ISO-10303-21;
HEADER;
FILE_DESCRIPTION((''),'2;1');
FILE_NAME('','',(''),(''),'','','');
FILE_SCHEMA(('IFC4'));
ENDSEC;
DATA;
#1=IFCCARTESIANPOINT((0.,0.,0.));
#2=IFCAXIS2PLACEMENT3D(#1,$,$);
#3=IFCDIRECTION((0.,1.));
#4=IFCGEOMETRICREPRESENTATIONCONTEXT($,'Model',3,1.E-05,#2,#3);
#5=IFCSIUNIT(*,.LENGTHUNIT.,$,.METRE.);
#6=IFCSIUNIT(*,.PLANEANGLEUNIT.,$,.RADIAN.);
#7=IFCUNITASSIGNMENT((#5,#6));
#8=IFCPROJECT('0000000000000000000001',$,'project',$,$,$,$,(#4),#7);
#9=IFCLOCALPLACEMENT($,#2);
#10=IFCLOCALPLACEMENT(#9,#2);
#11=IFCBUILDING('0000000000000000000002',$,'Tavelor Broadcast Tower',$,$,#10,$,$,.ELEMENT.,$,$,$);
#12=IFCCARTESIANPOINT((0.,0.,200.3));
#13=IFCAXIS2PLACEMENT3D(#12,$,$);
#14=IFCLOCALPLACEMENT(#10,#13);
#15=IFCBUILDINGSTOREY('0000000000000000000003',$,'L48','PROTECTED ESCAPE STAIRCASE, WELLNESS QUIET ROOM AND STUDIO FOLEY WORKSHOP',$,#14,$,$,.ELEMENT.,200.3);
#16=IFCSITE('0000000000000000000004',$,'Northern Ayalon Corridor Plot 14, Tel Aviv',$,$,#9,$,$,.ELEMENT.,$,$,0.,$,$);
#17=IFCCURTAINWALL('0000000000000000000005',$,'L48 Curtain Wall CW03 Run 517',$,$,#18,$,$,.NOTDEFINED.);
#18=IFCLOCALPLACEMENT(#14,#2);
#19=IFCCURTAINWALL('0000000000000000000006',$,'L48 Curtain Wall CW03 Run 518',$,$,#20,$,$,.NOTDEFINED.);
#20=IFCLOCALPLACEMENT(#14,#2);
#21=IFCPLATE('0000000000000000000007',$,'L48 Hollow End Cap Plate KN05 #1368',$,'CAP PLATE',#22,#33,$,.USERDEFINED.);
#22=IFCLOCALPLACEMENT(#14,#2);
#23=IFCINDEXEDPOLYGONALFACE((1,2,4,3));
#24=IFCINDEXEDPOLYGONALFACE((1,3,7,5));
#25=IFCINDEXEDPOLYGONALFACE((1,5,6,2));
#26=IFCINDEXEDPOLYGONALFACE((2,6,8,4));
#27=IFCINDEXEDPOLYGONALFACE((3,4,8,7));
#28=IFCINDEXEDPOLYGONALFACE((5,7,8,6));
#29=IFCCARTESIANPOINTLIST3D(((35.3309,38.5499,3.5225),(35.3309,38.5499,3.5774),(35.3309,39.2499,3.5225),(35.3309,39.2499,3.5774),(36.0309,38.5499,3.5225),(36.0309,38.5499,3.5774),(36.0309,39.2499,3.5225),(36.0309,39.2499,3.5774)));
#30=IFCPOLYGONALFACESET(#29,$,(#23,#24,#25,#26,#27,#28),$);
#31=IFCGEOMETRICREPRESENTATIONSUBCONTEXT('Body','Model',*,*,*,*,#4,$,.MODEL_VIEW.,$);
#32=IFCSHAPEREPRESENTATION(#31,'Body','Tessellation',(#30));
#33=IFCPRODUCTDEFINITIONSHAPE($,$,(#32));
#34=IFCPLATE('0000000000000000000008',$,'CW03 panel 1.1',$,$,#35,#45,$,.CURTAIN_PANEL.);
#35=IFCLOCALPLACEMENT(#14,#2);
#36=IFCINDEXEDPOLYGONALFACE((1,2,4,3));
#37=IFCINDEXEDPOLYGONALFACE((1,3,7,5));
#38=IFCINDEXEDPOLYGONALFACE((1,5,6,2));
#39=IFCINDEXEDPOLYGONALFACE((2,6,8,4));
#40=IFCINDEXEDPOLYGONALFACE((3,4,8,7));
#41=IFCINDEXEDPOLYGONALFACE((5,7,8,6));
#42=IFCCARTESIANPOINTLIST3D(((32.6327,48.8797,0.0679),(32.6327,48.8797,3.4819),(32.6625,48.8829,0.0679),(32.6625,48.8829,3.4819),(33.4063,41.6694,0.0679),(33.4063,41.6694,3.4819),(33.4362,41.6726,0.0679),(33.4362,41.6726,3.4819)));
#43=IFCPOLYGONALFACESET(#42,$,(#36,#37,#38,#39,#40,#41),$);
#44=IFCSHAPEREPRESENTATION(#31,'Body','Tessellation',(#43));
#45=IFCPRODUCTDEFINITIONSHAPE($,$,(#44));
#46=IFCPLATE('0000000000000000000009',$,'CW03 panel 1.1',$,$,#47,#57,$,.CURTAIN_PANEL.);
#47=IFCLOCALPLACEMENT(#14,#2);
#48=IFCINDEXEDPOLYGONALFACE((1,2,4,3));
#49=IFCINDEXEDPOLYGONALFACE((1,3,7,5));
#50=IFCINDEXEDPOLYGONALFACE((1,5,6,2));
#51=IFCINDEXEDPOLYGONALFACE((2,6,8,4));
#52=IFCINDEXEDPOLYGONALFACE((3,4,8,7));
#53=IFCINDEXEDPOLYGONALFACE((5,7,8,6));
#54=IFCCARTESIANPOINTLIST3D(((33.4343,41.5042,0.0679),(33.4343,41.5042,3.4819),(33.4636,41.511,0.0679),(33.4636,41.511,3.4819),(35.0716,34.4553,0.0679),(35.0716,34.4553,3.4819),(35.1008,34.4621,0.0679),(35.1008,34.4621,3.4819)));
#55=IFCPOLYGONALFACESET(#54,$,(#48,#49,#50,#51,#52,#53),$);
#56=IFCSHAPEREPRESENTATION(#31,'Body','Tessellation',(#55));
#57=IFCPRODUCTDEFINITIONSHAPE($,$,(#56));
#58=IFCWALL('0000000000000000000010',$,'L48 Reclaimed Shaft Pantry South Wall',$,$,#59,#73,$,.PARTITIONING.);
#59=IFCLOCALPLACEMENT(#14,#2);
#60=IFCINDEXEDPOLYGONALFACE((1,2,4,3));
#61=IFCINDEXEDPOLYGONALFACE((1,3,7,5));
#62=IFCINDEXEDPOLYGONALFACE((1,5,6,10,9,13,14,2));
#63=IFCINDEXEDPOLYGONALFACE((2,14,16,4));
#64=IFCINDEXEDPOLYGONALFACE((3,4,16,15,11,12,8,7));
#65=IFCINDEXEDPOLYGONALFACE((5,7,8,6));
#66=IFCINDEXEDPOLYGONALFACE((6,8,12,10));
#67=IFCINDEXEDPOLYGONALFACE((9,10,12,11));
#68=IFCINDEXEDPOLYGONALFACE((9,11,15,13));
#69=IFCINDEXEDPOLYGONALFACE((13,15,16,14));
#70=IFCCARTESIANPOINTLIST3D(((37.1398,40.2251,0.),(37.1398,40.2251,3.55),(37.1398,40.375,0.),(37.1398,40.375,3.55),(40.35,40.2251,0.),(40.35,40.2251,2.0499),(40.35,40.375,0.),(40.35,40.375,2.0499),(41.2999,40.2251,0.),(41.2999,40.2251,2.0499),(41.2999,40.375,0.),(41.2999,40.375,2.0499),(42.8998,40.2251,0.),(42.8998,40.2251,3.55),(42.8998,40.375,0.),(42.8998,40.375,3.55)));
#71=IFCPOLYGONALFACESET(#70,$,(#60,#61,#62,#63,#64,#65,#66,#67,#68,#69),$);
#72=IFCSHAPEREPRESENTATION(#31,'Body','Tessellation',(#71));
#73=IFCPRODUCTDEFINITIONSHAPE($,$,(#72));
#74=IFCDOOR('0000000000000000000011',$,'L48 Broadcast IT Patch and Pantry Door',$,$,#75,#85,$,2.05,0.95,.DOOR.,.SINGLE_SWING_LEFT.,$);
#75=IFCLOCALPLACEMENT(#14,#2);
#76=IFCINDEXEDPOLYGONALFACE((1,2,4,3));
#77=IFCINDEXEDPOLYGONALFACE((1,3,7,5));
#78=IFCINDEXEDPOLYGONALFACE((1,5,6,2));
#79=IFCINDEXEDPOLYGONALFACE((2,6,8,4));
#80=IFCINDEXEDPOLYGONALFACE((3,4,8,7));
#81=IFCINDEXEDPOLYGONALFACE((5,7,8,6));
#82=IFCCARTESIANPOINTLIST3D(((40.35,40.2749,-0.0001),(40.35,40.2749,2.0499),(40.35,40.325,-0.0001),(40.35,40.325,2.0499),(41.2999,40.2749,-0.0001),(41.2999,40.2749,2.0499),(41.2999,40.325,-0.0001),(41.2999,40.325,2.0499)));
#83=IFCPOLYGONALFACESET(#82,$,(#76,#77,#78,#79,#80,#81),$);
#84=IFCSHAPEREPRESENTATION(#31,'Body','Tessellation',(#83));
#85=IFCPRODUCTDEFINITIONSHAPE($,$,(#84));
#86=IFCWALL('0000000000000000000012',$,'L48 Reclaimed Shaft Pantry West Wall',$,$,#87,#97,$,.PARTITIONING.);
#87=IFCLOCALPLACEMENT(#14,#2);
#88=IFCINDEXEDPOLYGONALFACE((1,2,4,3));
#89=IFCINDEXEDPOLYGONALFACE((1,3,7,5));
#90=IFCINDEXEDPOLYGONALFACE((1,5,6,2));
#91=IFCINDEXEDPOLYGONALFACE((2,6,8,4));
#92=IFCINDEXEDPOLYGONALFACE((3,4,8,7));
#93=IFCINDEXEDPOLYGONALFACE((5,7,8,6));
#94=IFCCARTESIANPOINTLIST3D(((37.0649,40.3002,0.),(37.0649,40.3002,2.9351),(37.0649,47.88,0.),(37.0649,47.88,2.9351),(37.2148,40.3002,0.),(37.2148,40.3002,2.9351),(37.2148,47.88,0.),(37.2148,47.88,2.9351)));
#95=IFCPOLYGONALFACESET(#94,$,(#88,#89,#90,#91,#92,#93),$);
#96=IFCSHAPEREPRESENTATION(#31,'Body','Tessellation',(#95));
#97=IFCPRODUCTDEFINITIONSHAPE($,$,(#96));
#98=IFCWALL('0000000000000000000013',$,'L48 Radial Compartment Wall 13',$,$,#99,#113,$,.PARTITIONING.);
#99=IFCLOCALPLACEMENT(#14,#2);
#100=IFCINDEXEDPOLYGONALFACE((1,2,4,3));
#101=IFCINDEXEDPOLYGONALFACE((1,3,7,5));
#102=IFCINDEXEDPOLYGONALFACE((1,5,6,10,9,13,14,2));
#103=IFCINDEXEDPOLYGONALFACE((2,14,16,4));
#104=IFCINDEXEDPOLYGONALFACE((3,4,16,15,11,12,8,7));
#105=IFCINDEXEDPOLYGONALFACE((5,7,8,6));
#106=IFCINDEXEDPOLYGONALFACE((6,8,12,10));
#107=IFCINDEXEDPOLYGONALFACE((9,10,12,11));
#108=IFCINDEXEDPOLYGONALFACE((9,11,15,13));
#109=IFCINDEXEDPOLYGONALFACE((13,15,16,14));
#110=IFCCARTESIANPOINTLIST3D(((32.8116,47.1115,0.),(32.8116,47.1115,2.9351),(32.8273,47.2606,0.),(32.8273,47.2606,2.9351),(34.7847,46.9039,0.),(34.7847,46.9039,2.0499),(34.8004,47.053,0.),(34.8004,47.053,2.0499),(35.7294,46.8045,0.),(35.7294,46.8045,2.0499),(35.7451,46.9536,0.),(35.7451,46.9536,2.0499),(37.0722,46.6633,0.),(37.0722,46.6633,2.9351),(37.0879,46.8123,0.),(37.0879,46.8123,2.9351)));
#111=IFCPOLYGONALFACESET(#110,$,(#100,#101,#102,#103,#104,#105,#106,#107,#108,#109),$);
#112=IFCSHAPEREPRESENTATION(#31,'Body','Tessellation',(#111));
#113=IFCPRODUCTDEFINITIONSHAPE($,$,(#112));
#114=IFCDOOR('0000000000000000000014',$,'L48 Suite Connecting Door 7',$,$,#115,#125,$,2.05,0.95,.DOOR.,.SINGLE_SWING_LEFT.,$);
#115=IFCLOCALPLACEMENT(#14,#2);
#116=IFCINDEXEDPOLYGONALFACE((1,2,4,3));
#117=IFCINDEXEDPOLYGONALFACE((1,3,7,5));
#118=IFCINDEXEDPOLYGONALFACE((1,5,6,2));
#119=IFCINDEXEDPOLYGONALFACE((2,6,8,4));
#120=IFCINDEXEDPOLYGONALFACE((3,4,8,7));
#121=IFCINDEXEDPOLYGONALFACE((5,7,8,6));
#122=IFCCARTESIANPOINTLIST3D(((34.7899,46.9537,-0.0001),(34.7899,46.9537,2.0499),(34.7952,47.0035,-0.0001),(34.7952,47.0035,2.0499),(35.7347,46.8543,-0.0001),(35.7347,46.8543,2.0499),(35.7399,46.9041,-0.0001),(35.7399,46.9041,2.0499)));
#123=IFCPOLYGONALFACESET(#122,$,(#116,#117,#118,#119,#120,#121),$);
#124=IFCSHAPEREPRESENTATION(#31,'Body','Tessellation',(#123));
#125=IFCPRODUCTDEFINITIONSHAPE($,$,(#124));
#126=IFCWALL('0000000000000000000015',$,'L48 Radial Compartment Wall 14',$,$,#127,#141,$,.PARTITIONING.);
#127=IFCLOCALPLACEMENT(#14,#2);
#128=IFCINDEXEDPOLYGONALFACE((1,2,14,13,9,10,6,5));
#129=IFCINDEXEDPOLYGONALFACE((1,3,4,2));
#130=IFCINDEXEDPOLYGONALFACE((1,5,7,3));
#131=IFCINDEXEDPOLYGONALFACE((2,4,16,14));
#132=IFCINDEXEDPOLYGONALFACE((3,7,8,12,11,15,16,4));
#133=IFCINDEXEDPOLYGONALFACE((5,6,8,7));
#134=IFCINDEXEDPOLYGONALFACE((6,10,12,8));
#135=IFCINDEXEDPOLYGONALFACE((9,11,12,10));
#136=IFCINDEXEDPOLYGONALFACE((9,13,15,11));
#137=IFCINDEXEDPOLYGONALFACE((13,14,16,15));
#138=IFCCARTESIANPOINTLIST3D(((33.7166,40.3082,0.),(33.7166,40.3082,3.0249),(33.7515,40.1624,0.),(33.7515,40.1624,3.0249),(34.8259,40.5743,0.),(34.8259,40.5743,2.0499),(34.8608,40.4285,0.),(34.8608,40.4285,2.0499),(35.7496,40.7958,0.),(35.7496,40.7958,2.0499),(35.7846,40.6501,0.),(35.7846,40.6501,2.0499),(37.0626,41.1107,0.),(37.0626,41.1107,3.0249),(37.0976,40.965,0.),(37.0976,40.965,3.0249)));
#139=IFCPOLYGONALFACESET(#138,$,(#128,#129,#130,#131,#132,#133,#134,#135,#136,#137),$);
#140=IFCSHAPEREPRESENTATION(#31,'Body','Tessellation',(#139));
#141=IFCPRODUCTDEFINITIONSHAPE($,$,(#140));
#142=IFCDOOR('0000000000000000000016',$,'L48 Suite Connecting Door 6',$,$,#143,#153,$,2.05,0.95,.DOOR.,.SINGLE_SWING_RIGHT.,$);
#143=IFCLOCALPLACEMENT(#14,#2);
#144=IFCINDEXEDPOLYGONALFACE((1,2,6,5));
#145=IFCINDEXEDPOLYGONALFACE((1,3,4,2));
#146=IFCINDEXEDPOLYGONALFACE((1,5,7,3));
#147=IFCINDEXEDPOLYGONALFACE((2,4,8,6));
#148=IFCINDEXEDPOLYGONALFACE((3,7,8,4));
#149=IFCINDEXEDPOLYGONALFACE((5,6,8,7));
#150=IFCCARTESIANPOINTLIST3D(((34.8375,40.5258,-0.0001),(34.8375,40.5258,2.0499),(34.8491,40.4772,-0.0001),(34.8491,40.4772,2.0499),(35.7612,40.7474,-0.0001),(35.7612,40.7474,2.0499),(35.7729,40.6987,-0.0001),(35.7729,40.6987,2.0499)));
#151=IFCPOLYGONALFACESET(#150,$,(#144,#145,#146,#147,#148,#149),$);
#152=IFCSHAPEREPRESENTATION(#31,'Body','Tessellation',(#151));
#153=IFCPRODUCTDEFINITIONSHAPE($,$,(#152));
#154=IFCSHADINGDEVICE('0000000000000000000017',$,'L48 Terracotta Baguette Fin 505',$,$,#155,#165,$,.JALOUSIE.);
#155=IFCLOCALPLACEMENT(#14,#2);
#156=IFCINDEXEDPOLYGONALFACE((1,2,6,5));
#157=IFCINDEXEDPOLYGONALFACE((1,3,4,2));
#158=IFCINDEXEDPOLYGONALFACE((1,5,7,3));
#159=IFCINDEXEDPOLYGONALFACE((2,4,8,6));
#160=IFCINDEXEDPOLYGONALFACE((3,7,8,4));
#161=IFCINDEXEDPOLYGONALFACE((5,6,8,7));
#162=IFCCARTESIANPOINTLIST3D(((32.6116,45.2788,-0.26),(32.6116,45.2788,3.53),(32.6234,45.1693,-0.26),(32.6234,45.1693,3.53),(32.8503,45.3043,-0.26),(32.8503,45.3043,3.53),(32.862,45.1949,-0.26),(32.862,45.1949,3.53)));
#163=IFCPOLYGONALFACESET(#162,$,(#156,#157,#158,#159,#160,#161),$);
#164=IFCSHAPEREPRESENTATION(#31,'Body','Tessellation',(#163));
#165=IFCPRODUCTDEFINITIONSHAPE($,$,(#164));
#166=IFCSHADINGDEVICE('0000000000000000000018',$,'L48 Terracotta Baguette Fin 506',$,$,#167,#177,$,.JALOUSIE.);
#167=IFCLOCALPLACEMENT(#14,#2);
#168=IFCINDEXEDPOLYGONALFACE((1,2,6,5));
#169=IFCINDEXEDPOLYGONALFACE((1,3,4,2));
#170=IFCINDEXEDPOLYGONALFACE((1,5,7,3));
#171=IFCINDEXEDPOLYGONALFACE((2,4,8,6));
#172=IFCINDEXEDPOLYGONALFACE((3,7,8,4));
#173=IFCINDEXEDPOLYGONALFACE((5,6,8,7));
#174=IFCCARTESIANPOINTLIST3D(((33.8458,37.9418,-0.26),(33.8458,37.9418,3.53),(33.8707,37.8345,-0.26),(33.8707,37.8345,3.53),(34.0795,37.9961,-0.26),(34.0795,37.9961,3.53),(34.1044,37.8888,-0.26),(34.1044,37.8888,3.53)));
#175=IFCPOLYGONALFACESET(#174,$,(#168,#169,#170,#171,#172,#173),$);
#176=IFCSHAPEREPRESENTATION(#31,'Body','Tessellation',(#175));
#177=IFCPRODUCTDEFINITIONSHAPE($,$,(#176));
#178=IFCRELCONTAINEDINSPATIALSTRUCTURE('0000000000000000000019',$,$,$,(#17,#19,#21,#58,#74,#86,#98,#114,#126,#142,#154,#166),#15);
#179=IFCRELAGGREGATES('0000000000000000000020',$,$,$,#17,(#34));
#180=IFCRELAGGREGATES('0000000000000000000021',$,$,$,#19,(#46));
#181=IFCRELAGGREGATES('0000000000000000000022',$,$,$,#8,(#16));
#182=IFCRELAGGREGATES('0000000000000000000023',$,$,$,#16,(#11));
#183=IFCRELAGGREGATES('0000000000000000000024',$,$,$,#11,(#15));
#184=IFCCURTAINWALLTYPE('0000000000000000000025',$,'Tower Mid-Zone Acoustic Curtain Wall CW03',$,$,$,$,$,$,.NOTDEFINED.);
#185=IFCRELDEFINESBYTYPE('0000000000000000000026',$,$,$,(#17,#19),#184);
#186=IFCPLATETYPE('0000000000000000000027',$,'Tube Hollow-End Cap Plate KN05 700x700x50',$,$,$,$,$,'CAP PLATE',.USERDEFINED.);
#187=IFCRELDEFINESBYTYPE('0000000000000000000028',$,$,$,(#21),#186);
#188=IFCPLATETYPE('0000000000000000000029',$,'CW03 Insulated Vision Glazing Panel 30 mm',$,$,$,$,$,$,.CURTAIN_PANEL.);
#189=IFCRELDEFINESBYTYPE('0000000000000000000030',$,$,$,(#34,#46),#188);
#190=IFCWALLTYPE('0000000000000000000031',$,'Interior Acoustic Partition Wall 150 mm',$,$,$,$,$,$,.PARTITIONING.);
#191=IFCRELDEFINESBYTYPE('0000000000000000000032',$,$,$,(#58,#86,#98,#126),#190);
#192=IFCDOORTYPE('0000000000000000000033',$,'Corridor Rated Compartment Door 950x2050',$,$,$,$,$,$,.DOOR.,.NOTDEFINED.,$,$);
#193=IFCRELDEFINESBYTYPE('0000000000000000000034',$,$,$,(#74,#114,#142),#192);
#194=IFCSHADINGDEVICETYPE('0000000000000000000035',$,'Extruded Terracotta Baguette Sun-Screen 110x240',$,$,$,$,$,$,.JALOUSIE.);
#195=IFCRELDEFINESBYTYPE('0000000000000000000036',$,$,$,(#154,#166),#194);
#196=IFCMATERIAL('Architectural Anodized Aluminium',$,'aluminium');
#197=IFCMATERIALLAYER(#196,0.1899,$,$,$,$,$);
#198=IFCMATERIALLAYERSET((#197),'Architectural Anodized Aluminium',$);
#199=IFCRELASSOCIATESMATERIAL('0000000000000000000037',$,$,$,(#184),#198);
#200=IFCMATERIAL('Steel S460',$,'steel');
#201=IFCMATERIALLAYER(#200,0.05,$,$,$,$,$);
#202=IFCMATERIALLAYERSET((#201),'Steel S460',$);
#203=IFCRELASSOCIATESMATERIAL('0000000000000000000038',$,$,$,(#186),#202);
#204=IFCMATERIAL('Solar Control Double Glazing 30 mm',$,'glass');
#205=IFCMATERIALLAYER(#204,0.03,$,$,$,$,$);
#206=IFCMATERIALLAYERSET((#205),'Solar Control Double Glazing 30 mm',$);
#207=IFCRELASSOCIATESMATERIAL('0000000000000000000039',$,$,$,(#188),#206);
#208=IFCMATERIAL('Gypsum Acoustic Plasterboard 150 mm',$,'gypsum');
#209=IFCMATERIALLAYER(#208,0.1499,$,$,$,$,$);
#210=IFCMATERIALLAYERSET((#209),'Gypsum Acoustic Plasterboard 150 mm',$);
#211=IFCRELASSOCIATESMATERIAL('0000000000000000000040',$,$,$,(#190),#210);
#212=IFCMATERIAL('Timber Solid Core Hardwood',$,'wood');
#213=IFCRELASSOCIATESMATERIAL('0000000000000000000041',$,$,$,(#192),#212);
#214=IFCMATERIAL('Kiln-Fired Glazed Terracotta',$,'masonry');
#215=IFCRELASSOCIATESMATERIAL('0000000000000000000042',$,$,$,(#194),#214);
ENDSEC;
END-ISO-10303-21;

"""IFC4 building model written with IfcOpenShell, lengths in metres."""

from ifc_helpers import new_model, si_unit, direction, frame, frame_2d, origin, origin_2d, place, context, subcontext, project, spatial, rectangle, extrude, source, transform, mapped, material, layer, layer_set, type_object, type_shapes, element, fill, aggregate, save


model = new_model("IFC4")

# Units and contexts
model_context = context("Model", 3, precision=1e-05, world=origin(), true_north=direction((0.0, 1.0)))
body_context = subcontext(model_context, "Body", "Model", "MODEL_VIEW")
ifc_project = project(units=[si_unit("LENGTHUNIT", "METRE"), si_unit("PLANEANGLEUNIT", "RADIAN")], contexts=[model_context])

# Site, building, storey
site_placement = place(None, origin())
site = spatial("IfcSite", under=ifc_project, at=site_placement, Name="Northern Ayalon Corridor Plot 14, Tel Aviv", CompositionType="ELEMENT", RefElevation=0.0)
building_placement = place(site_placement, origin())
building = spatial("IfcBuilding", under=site, at=building_placement, Name="Tavelor Broadcast Tower", CompositionType="ELEMENT")
storey_placement = place(building_placement, frame((0.0, 0.0, 200.3)))
storey = spatial("IfcBuildingStorey", under=building, at=storey_placement, Name="L48", Description="PROTECTED ESCAPE STAIRCASE, WELLNESS QUIET ROOM AND STUDIO FOLEY WORKSHOP", CompositionType="ELEMENT", Elevation=200.3)

# Shared definitions
ifc_material_1 = material(Name="Steel S460", Category="steel")

# Curtain wall
ifc_material_2 = material(Name="Architectural Anodized Aluminium", Category="aluminium")
ifc_layer_1 = layer(ifc_material_2, 0.1899)
ifc_layer_set_1 = layer_set([ifc_layer_1], Name="Architectural Anodized Aluminium")
curtain_wall_type = type_object("IfcCurtainWallType", Name="Tower Mid-Zone Acoustic Curtain Wall CW03", PredefinedType="NOTDEFINED", material=ifc_layer_set_1)
curtain_wall_1_placement = place(storey_placement, origin())
curtain_wall_1 = element("IfcCurtainWall", 1, at=curtain_wall_1_placement, inside=storey, type_object=curtain_wall_type, Name="L48 Curtain Wall CW03 Run 517", PredefinedType="NOTDEFINED")

# Curtain wall
curtain_wall_2_placement = place(storey_placement, origin())
curtain_wall_2 = element("IfcCurtainWall", 2, at=curtain_wall_2_placement, inside=storey, type_object=curtain_wall_type, Name="L48 Curtain Wall CW03 Run 518", PredefinedType="NOTDEFINED")

# Plate
ifc_layer_2 = layer(ifc_material_1, 0.05)
ifc_layer_set_2 = layer_set([ifc_layer_2], Name="Steel S460")
plate_type_1 = type_object("IfcPlateType", Name="Tube Hollow-End Cap Plate KN05 700x700x50", ElementType="CAP PLATE", PredefinedType="USERDEFINED", material=ifc_layer_set_2)
shared_shape_1 = source(origin(), body_context, "Body", "SweptSolid", [
    extrude(rectangle(XDim=0.7, YDim=0.7, at=origin_2d()), origin(), (0.0, 0.0, 1.0), 0.0549),
])
type_shapes(plate_type_1, [shared_shape_1])
for number, where, z_axis, x_axis, name in (
    (3, (35.6809, 38.8999, 3.5225), (0.0, 0.0, 1.0), (1.0, 0.0, 0.0), "L48 Hollow End Cap Plate KN05 #1368"),
):
    element("IfcPlate", number, at=place(storey_placement, frame(where, z_axis=z_axis, x_axis=x_axis)), inside=storey, type_object=plate_type_1, Name=name, ObjectType="CAP PLATE", PredefinedType="USERDEFINED", context=body_context, shape_type="MappedRepresentation", body=[
        mapped(shared_shape_1, transform((0.0, 0.0, 0.0), scale=1.0)),
    ])

# Plates
ifc_material_3 = material(Name="Solar Control Double Glazing 30 mm", Category="glass")
ifc_layer_3 = layer(ifc_material_3, 0.03)
ifc_layer_set_3 = layer_set([ifc_layer_3], Name="Solar Control Double Glazing 30 mm")
plate_type_2 = type_object("IfcPlateType", Name="CW03 Insulated Vision Glazing Panel 30 mm", PredefinedType="CURTAIN_PANEL", material=ifc_layer_set_3)
shared_shape_2 = source(origin(), body_context, "Body", "SweptSolid", [
    extrude(rectangle(XDim=7.2517, YDim=0.03, at=origin_2d()), origin(), (0.0, 0.0, 1.0), 3.4141),
])
plate_1_placement = place(storey_placement, frame((33.0344, 45.2761, 0.0679), z_axis=(0.0, 0.0, 1.0), x_axis=(0.10669, -0.994292, 0.0)))
plate_1 = element("IfcPlate", 4, at=plate_1_placement, type_object=plate_type_2, Name="CW03 panel 1.1", PredefinedType="CURTAIN_PANEL", context=body_context, shape_type="MappedRepresentation", body=[
    mapped(shared_shape_2, transform((0.0, 0.0, 0.0), scale=1.0)),
])
aggregate(curtain_wall_1, [plate_1])
shared_shape_3 = source(origin(), body_context, "Body", "SweptSolid", [
    extrude(rectangle(XDim=7.2366, YDim=0.03, at=origin_2d()), origin(), (0.0, 0.0, 1.0), 3.4141),
])
type_shapes(plate_type_2, [shared_shape_2, shared_shape_3])
plate_2_placement = place(storey_placement, frame((34.2676, 37.9832, 0.0679), z_axis=(0.0, 0.0, 1.0), x_axis=(0.226241, -0.974071, 0.0)))
plate_2 = element("IfcPlate", 5, at=plate_2_placement, type_object=plate_type_2, Name="CW03 panel 1.1", PredefinedType="CURTAIN_PANEL", context=body_context, shape_type="MappedRepresentation", body=[
    mapped(shared_shape_3, transform((0.0, 0.0, 0.0), scale=1.0)),
])
aggregate(curtain_wall_2, [plate_2])

# Wall, opening, door
ifc_material_4 = material(Name="Gypsum Acoustic Plasterboard 150 mm", Category="gypsum")
ifc_layer_4 = layer(ifc_material_4, 0.1499)
ifc_layer_set_4 = layer_set([ifc_layer_4], Name="Gypsum Acoustic Plasterboard 150 mm")
wall_type = type_object("IfcWallType", Name="Interior Acoustic Partition Wall 150 mm", PredefinedType="PARTITIONING", material=ifc_layer_set_4)
wall_1_placement = place(storey_placement, frame((37.1399, 40.3, 0.0), z_axis=(0.0, 0.0, 1.0), x_axis=(1.0, 0.0, 0.0)))
wall_1 = element("IfcWall", 6, at=wall_1_placement, inside=storey, type_object=wall_type, Name="L48 Reclaimed Shaft Pantry South Wall", PredefinedType="PARTITIONING", context=body_context, shape_type="SweptSolid", body=[
    extrude(rectangle(XDim=5.76, YDim=0.1499, at=frame_2d((2.8799, 0.0))), origin(), (0.0, 0.0, 1.0), 3.55),
])
opening_1_placement = place(wall_1_placement, frame((3.21, 0.0, 0.0)))
opening_1 = element("IfcOpeningElement", 7, at=opening_1_placement, cuts=wall_1, PredefinedType="OPENING", context=body_context, shape_type="SweptSolid", body=[
    extrude(rectangle(XDim=0.95, YDim=2.05, at=frame_2d((0.4751, 1.0249))), frame((0.0, 0.085, 0.0), z_axis=(0.0, -1.0, 0.0), x_axis=(1.0, 0.0, 0.0)), (0.0, 0.0, 1.0), 0.1699),
])
ifc_material_5 = material(Name="Timber Solid Core Hardwood", Category="wood")
door_type = type_object("IfcDoorType", Name="Corridor Rated Compartment Door 950x2050", OperationType="NOTDEFINED", PredefinedType="DOOR", material=ifc_material_5)
door_1_placement = place(opening_1_placement, origin())
door_1 = element("IfcDoor", 8, at=door_1_placement, inside=storey, type_object=door_type, Name="L48 Broadcast IT Patch and Pantry Door", OperationType="SINGLE_SWING_LEFT", OverallHeight=2.05, OverallWidth=0.95, PredefinedType="DOOR", context=body_context, shape_type="SweptSolid", body=[
    extrude(rectangle(XDim=0.95, YDim=2.05, at=frame_2d((0.4751, 1.0249))), frame((0.0, 0.0249, 0.0), z_axis=(0.0, -1.0, 0.0), x_axis=(1.0, 0.0, 0.0)), (0.0, 0.0, 1.0), 0.05),
])
fill(opening_1, door_1)

# Wall
wall_2_placement = place(storey_placement, frame((37.1399, 40.3, 0.0), z_axis=(0.0, 0.0, 1.0), x_axis=(0.0, 1.0, 0.0)))
element("IfcWall", 9, at=wall_2_placement, inside=storey, type_object=wall_type, Name="L48 Reclaimed Shaft Pantry West Wall", PredefinedType="PARTITIONING", context=body_context, shape_type="SweptSolid", body=[
    extrude(rectangle(XDim=7.5798, YDim=0.1499, at=frame_2d((3.79, 0.0))), origin(), (0.0, 0.0, 1.0), 2.9351),
])

# Walls, openings, doors
wall_3_placement = place(storey_placement, frame((37.0801, 46.7378, 0.0), z_axis=(0.0, 0.0, 1.0), x_axis=(-0.994512, 0.104625, 0.0)))
wall_3 = element("IfcWall", 10, at=wall_3_placement, inside=storey, type_object=wall_type, Name="L48 Radial Compartment Wall 13", PredefinedType="PARTITIONING", context=body_context, shape_type="SweptSolid", body=[
    extrude(rectangle(XDim=4.2842, YDim=0.1499, at=frame_2d((2.1421, 0.0))), origin(), (0.0, 0.0, 1.0), 2.9351),
])
opening_2_placement = place(wall_3_placement, frame((1.3501, 0.0, 0.0)))
opening_2 = element("IfcOpeningElement", 11, at=opening_2_placement, cuts=wall_3, PredefinedType="OPENING", context=body_context, shape_type="SweptSolid", body=[
    extrude(rectangle(XDim=0.95, YDim=2.05, at=frame_2d((0.4751, 1.0249))), frame((0.0, 0.085, 0.0), z_axis=(0.0, -1.0, 0.0), x_axis=(1.0, 0.0, 0.0)), (0.0, 0.0, 1.0), 0.1699),
])
door_2_placement = place(opening_2_placement, origin())
door_2 = element("IfcDoor", 12, at=door_2_placement, inside=storey, type_object=door_type, Name="L48 Suite Connecting Door 7", OperationType="SINGLE_SWING_LEFT", OverallHeight=2.05, OverallWidth=0.95, PredefinedType="DOOR", context=body_context, shape_type="SweptSolid", body=[
    extrude(rectangle(XDim=0.95, YDim=2.05, at=frame_2d((0.4751, 1.0249))), frame((0.0, 0.0249, 0.0), z_axis=(0.0, -1.0, 0.0), x_axis=(1.0, 0.0, 0.0)), (0.0, 0.0, 1.0), 0.05),
])
fill(opening_2, door_2)
wall_4_placement = place(storey_placement, frame((37.0801, 41.0378, 0.0), z_axis=(0.0, 0.0, 1.0), x_axis=(-0.972423, -0.233225, 0.0)))
wall_4 = element("IfcWall", 13, at=wall_4_placement, inside=storey, type_object=wall_type, Name="L48 Radial Compartment Wall 14", PredefinedType="PARTITIONING", context=body_context, shape_type="SweptSolid", body=[
    extrude(rectangle(XDim=3.4409, YDim=0.1499, at=frame_2d((1.7205, 0.0))), origin(), (0.0, 0.0, 1.0), 3.0249),
])
opening_3_placement = place(wall_4_placement, frame((1.3501, 0.0, 0.0)))
opening_3 = element("IfcOpeningElement", 14, at=opening_3_placement, cuts=wall_4, PredefinedType="OPENING", context=body_context, shape_type="SweptSolid", body=[
    extrude(rectangle(XDim=0.95, YDim=2.05, at=frame_2d((0.4751, 1.0249))), frame((0.0, 0.085, 0.0), z_axis=(0.0, -1.0, 0.0), x_axis=(1.0, 0.0, 0.0)), (0.0, 0.0, 1.0), 0.1699),
])
door_3_placement = place(opening_3_placement, origin())
door_3 = element("IfcDoor", 15, at=door_3_placement, inside=storey, type_object=door_type, Name="L48 Suite Connecting Door 6", OperationType="SINGLE_SWING_RIGHT", OverallHeight=2.05, OverallWidth=0.95, PredefinedType="DOOR", context=body_context, shape_type="SweptSolid", body=[
    extrude(rectangle(XDim=0.95, YDim=2.05, at=frame_2d((0.4751, 1.0249))), frame((0.0, 0.0249, 0.0), z_axis=(0.0, -1.0, 0.0), x_axis=(1.0, 0.0, 0.0)), (0.0, 0.0, 1.0), 0.05),
])
fill(opening_3, door_3)

# Shading devices
ifc_material_6 = material(Name="Kiln-Fired Glazed Terracotta", Category="masonry")
shading_device_type = type_object("IfcShadingDeviceType", Name="Extruded Terracotta Baguette Sun-Screen 110x240", PredefinedType="JALOUSIE", material=ifc_material_6)
shared_shape_4 = source(origin(), body_context, "Body", "SweptSolid", [
    extrude(rectangle(XDim=0.1101, YDim=0.24, at=origin_2d()), origin(), (0.0, 0.0, 1.0), 3.79),
])
type_shapes(shading_device_type, [shared_shape_4])
for number, where, z_axis, x_axis, name in (
    (16, (32.7368, 45.2368, -0.26), (0.0, 0.0, 1.0), (0.106611, -0.994301, 0.0), "L48 Terracotta Baguette Fin 505"),
    (17, (33.9751, 37.9153, -0.26), (0.0, 0.0, 1.0), (0.226311, -0.974055, 0.0), "L48 Terracotta Baguette Fin 506"),
):
    element("IfcShadingDevice", number, at=place(storey_placement, frame(where, z_axis=z_axis, x_axis=x_axis)), inside=storey, type_object=shading_device_type, Name=name, PredefinedType="JALOUSIE", context=body_context, shape_type="MappedRepresentation", body=[
        mapped(shared_shape_4, transform((0.0, 0.0, 0.0), scale=1.0)),
    ])

save(model, "model.ifc")
